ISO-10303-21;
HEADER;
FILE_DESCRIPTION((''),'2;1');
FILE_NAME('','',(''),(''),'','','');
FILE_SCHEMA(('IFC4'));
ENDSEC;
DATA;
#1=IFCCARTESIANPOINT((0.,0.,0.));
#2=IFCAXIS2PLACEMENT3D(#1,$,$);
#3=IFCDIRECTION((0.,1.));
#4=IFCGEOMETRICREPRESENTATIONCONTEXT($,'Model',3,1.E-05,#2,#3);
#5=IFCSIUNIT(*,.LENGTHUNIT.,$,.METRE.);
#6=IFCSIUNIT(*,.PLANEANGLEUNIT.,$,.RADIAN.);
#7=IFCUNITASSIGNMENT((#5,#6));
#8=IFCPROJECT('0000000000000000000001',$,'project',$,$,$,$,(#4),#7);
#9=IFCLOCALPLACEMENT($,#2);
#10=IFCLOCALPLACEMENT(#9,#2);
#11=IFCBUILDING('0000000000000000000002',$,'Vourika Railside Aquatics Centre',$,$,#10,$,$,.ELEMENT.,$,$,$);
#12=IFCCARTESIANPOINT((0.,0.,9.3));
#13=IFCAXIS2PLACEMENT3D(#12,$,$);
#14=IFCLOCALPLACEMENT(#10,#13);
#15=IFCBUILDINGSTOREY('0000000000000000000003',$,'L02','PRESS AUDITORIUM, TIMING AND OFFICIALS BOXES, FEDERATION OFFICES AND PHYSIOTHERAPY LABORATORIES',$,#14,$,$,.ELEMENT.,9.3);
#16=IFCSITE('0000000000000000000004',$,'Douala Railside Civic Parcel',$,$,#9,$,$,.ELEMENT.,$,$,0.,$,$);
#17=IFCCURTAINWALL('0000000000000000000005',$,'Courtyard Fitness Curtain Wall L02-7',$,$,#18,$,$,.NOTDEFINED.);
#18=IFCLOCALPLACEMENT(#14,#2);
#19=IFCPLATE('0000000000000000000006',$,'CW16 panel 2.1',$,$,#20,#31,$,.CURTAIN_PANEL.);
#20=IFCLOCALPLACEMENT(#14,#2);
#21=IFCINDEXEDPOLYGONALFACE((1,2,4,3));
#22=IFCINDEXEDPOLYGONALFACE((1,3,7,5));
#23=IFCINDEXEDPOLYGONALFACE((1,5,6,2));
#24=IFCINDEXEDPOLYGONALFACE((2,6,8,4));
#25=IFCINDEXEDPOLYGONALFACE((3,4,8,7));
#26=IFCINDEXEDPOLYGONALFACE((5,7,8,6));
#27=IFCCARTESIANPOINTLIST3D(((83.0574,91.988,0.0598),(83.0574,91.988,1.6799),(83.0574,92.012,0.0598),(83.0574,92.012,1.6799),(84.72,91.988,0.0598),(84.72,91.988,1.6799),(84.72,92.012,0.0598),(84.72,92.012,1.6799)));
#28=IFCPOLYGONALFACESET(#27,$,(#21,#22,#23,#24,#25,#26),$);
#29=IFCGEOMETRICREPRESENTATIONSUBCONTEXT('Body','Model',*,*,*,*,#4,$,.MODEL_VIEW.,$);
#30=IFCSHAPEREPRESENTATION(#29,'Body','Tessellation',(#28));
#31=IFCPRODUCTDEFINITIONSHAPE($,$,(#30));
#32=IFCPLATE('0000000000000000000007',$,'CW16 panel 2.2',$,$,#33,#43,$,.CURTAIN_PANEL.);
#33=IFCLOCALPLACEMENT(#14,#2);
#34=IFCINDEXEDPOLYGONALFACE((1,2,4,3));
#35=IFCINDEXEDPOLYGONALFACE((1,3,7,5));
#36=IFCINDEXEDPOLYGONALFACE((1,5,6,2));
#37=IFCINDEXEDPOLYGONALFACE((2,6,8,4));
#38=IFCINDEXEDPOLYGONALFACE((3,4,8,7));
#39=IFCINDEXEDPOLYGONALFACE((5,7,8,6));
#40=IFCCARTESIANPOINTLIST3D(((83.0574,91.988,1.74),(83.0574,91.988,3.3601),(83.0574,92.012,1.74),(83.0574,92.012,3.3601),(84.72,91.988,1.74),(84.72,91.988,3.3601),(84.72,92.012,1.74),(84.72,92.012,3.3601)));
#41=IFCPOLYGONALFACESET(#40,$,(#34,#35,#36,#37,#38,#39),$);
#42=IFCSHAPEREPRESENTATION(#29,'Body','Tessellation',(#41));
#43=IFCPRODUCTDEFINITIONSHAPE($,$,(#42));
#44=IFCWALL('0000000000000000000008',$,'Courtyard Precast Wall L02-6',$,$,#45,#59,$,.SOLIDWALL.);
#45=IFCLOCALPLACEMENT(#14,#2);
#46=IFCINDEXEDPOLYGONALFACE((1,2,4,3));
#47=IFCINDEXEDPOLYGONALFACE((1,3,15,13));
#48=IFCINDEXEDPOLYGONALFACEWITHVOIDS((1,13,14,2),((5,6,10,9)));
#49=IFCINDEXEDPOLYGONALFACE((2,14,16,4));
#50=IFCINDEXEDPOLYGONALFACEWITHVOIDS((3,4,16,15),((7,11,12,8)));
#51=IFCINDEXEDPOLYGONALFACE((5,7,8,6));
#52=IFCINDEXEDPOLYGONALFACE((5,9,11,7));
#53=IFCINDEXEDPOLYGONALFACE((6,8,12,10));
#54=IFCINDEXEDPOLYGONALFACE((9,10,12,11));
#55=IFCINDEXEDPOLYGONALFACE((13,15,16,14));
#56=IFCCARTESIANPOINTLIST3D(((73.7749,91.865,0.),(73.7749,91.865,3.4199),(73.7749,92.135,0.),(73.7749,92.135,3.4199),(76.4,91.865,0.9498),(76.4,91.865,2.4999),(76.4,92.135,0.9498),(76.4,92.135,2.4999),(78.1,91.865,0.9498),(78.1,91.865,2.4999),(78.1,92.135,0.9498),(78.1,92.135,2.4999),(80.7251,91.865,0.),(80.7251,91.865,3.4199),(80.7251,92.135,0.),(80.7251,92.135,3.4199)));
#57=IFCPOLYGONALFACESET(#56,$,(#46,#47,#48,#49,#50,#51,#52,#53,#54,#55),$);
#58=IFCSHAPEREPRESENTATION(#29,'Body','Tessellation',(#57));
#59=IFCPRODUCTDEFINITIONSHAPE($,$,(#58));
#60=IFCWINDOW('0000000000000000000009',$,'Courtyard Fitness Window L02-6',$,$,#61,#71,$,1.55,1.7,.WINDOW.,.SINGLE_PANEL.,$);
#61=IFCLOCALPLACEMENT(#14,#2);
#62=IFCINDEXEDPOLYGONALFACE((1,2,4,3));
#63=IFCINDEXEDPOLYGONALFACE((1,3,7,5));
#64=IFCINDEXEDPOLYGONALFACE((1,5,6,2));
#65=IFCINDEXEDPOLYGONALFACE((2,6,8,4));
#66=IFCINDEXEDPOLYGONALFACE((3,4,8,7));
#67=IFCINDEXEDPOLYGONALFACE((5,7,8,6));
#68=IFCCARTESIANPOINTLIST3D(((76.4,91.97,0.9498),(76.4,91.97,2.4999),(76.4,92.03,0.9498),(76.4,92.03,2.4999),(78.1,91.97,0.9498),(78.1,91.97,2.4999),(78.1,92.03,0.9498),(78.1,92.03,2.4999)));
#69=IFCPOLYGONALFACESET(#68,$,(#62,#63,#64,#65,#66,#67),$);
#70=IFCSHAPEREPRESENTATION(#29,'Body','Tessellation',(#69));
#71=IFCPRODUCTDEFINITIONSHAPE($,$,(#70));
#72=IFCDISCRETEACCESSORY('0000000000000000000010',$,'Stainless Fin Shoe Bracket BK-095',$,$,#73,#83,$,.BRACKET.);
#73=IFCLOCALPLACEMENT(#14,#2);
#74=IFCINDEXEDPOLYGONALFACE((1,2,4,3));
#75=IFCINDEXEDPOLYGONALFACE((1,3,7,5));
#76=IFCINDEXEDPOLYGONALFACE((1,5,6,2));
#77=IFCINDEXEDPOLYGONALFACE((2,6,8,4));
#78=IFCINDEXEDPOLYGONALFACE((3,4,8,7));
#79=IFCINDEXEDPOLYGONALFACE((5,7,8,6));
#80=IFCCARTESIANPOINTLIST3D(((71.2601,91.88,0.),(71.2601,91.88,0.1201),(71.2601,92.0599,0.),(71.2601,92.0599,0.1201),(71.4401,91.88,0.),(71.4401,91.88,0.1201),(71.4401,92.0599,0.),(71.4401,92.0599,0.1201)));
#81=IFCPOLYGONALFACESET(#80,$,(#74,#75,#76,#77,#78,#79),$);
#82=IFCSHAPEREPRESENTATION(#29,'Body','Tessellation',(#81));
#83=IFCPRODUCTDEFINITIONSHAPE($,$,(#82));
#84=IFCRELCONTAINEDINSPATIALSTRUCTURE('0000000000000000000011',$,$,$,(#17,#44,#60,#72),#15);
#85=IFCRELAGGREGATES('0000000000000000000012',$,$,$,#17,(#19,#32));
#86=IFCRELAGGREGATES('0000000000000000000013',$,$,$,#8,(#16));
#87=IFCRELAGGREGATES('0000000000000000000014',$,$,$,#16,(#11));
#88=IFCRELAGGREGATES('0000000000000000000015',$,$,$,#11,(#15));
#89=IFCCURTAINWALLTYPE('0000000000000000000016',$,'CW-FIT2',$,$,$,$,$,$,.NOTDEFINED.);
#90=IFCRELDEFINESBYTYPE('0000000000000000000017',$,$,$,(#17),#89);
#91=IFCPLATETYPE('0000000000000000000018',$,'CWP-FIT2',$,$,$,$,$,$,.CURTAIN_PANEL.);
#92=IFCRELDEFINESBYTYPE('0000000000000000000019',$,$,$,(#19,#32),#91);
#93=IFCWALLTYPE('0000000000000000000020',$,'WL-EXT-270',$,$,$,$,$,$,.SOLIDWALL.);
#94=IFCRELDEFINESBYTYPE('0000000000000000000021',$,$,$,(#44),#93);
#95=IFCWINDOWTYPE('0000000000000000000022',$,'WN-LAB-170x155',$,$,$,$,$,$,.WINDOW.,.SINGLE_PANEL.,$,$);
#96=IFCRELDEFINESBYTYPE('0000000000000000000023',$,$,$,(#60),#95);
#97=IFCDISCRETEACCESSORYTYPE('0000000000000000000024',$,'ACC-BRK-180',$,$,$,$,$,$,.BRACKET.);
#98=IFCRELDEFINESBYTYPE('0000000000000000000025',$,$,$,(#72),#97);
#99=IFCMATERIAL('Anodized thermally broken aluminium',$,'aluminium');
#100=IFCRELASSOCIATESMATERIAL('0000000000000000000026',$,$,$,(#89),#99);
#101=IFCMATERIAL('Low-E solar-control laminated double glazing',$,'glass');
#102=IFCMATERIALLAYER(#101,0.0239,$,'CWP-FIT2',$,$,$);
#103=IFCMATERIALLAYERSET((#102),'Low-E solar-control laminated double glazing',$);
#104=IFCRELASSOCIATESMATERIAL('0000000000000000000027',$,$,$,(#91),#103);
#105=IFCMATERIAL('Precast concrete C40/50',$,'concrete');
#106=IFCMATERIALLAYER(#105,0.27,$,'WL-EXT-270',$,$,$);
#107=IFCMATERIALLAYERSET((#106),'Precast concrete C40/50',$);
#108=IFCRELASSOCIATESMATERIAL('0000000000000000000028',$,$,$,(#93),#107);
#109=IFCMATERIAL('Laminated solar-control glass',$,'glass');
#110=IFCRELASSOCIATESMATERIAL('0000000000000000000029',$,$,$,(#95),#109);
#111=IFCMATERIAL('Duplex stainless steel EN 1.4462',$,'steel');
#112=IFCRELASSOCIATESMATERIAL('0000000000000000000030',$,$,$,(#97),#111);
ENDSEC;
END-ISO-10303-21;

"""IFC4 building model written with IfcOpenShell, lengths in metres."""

from ifc_helpers import new_model, si_unit, direction, frame, frame_2d, origin, origin_2d, place, context, subcontext, project, spatial, rectangle, extrude, material, layer, layer_set, type_object, element, fill, aggregate, save


model = new_model("IFC4")

# Units and contexts
model_context = context("Model", 3, precision=1e-05, world=origin(), true_north=direction((0.0, 1.0)))
body_context = subcontext(model_context, "Body", "Model", "MODEL_VIEW")
ifc_project = project(units=[si_unit("LENGTHUNIT", "METRE"), si_unit("PLANEANGLEUNIT", "RADIAN")], contexts=[model_context])

# Site, building, storey
site_placement = place(None, origin())
site = spatial("IfcSite", under=ifc_project, at=site_placement, Name="Douala Railside Civic Parcel", CompositionType="ELEMENT", RefElevation=0.0)
building_placement = place(site_placement, origin())
building = spatial("IfcBuilding", under=site, at=building_placement, Name="Vourika Railside Aquatics Centre", CompositionType="ELEMENT")
storey_placement = place(building_placement, frame((0.0, 0.0, 9.3)))
storey = spatial("IfcBuildingStorey", under=building, at=storey_placement, Name="L02", Description="PRESS AUDITORIUM, TIMING AND OFFICIALS BOXES, FEDERATION OFFICES AND PHYSIOTHERAPY LABORATORIES", CompositionType="ELEMENT", Elevation=9.3)

# Curtain wall
ifc_material_1 = material(Name="Anodized thermally broken aluminium", Category="aluminium")
curtain_wall_type = type_object("IfcCurtainWallType", Name="CW-FIT2", PredefinedType="NOTDEFINED", material=ifc_material_1)
curtain_wall_1_placement = place(storey_placement, origin())
curtain_wall_1 = element("IfcCurtainWall", 1, at=curtain_wall_1_placement, inside=storey, type_object=curtain_wall_type, Name="Courtyard Fitness Curtain Wall L02-7", PredefinedType="NOTDEFINED")

# Plates
ifc_material_2 = material(Name="Low-E solar-control laminated double glazing", Category="glass")
ifc_layer_1 = layer(ifc_material_2, 0.0239, Name="CWP-FIT2")
ifc_layer_set_1 = layer_set([ifc_layer_1], Name="Low-E solar-control laminated double glazing")
plate_type = type_object("IfcPlateType", Name="CWP-FIT2", PredefinedType="CURTAIN_PANEL", material=ifc_layer_set_1)
plate_1_placement = place(storey_placement, frame((83.8887, 92.0, 0.0598), z_axis=(0.0, 0.0, 1.0), x_axis=(1.0, 0.0, 0.0)))
plate_1 = element("IfcPlate", 2, at=plate_1_placement, type_object=plate_type, Name="CW16 panel 2.1", PredefinedType="CURTAIN_PANEL", context=body_context, shape_type="SweptSolid", body=[
    extrude(rectangle(XDim=1.6626, YDim=0.0239, at=origin_2d()), origin(), (0.0, 0.0, 1.0), 1.6201),
])
plate_2_placement = place(storey_placement, frame((83.8887, 92.0, 1.74), z_axis=(0.0, 0.0, 1.0), x_axis=(1.0, 0.0, 0.0)))
plate_2 = element("IfcPlate", 3, at=plate_2_placement, type_object=plate_type, Name="CW16 panel 2.2", PredefinedType="CURTAIN_PANEL", context=body_context, shape_type="SweptSolid", body=[
    extrude(rectangle(XDim=1.6626, YDim=0.0239, at=origin_2d()), origin(), (0.0, 0.0, 1.0), 1.6201),
])
aggregate(curtain_wall_1, [plate_1, plate_2])

# Wall, opening, window
ifc_material_3 = material(Name="Precast concrete C40/50", Category="concrete")
ifc_layer_2 = layer(ifc_material_3, 0.27, Name="WL-EXT-270")
ifc_layer_set_2 = layer_set([ifc_layer_2], Name="Precast concrete C40/50")
wall_type = type_object("IfcWallType", Name="WL-EXT-270", PredefinedType="SOLIDWALL", material=ifc_layer_set_2)
wall_placement = place(storey_placement, frame((73.7749, 92.0, 0.0), z_axis=(0.0, 0.0, 1.0), x_axis=(1.0, 0.0, 0.0)))
wall = element("IfcWall", 4, at=wall_placement, inside=storey, type_object=wall_type, Name="Courtyard Precast Wall L02-6", PredefinedType="SOLIDWALL", context=body_context, shape_type="SweptSolid", body=[
    extrude(rectangle(XDim=6.9502, YDim=0.27, at=frame_2d((3.4751, 0.0))), origin(), (0.0, 0.0, 1.0), 3.4199),
])
opening_placement = place(wall_placement, frame((2.625, 0.0, 0.95)))
opening = element("IfcOpeningElement", 5, at=opening_placement, cuts=wall, PredefinedType="OPENING", context=body_context, shape_type="SweptSolid", body=[
    extrude(rectangle(XDim=1.7, YDim=1.55, at=frame_2d((0.8501, 0.7749))), frame((0.0, 0.145, 0.0), z_axis=(0.0, -1.0, 0.0), x_axis=(1.0, 0.0, 0.0)), (0.0, 0.0, 1.0), 0.29),
])
ifc_material_4 = material(Name="Laminated solar-control glass", Category="glass")
window_type = type_object("IfcWindowType", Name="WN-LAB-170x155", PartitioningType="SINGLE_PANEL", PredefinedType="WINDOW", material=ifc_material_4)
window_placement = place(opening_placement, origin())
window = element("IfcWindow", 6, at=window_placement, inside=storey, type_object=window_type, Name="Courtyard Fitness Window L02-6", OverallHeight=1.55, OverallWidth=1.7, PartitioningType="SINGLE_PANEL", PredefinedType="WINDOW", context=body_context, shape_type="SweptSolid", body=[
    extrude(rectangle(XDim=1.7, YDim=1.55, at=frame_2d((0.8501, 0.7749))), frame((0.0, 0.03, 0.0), z_axis=(0.0, -1.0, 0.0), x_axis=(1.0, 0.0, 0.0)), (0.0, 0.0, 1.0), 0.0601),
])
fill(opening, window)

# Discrete accessory
ifc_material_5 = material(Name="Duplex stainless steel EN 1.4462", Category="steel")
discrete_accessory_type = type_object("IfcDiscreteAccessoryType", Name="ACC-BRK-180", PredefinedType="BRACKET", material=ifc_material_5)
discrete_accessory_placement = place(storey_placement, frame((71.3501, 91.97, 0.0), z_axis=(0.0, 0.0, 1.0), x_axis=(0.0, -1.0, 0.0)))
element("IfcDiscreteAccessory", 7, at=discrete_accessory_placement, inside=storey, type_object=discrete_accessory_type, Name="Stainless Fin Shoe Bracket BK-095", PredefinedType="BRACKET", context=body_context, shape_type="SweptSolid", body=[
    extrude(rectangle(XDim=0.1799, YDim=0.1799, at=origin_2d()), origin(), (0.0, 0.0, 1.0), 0.1201),
])

save(model, "model.ifc")
